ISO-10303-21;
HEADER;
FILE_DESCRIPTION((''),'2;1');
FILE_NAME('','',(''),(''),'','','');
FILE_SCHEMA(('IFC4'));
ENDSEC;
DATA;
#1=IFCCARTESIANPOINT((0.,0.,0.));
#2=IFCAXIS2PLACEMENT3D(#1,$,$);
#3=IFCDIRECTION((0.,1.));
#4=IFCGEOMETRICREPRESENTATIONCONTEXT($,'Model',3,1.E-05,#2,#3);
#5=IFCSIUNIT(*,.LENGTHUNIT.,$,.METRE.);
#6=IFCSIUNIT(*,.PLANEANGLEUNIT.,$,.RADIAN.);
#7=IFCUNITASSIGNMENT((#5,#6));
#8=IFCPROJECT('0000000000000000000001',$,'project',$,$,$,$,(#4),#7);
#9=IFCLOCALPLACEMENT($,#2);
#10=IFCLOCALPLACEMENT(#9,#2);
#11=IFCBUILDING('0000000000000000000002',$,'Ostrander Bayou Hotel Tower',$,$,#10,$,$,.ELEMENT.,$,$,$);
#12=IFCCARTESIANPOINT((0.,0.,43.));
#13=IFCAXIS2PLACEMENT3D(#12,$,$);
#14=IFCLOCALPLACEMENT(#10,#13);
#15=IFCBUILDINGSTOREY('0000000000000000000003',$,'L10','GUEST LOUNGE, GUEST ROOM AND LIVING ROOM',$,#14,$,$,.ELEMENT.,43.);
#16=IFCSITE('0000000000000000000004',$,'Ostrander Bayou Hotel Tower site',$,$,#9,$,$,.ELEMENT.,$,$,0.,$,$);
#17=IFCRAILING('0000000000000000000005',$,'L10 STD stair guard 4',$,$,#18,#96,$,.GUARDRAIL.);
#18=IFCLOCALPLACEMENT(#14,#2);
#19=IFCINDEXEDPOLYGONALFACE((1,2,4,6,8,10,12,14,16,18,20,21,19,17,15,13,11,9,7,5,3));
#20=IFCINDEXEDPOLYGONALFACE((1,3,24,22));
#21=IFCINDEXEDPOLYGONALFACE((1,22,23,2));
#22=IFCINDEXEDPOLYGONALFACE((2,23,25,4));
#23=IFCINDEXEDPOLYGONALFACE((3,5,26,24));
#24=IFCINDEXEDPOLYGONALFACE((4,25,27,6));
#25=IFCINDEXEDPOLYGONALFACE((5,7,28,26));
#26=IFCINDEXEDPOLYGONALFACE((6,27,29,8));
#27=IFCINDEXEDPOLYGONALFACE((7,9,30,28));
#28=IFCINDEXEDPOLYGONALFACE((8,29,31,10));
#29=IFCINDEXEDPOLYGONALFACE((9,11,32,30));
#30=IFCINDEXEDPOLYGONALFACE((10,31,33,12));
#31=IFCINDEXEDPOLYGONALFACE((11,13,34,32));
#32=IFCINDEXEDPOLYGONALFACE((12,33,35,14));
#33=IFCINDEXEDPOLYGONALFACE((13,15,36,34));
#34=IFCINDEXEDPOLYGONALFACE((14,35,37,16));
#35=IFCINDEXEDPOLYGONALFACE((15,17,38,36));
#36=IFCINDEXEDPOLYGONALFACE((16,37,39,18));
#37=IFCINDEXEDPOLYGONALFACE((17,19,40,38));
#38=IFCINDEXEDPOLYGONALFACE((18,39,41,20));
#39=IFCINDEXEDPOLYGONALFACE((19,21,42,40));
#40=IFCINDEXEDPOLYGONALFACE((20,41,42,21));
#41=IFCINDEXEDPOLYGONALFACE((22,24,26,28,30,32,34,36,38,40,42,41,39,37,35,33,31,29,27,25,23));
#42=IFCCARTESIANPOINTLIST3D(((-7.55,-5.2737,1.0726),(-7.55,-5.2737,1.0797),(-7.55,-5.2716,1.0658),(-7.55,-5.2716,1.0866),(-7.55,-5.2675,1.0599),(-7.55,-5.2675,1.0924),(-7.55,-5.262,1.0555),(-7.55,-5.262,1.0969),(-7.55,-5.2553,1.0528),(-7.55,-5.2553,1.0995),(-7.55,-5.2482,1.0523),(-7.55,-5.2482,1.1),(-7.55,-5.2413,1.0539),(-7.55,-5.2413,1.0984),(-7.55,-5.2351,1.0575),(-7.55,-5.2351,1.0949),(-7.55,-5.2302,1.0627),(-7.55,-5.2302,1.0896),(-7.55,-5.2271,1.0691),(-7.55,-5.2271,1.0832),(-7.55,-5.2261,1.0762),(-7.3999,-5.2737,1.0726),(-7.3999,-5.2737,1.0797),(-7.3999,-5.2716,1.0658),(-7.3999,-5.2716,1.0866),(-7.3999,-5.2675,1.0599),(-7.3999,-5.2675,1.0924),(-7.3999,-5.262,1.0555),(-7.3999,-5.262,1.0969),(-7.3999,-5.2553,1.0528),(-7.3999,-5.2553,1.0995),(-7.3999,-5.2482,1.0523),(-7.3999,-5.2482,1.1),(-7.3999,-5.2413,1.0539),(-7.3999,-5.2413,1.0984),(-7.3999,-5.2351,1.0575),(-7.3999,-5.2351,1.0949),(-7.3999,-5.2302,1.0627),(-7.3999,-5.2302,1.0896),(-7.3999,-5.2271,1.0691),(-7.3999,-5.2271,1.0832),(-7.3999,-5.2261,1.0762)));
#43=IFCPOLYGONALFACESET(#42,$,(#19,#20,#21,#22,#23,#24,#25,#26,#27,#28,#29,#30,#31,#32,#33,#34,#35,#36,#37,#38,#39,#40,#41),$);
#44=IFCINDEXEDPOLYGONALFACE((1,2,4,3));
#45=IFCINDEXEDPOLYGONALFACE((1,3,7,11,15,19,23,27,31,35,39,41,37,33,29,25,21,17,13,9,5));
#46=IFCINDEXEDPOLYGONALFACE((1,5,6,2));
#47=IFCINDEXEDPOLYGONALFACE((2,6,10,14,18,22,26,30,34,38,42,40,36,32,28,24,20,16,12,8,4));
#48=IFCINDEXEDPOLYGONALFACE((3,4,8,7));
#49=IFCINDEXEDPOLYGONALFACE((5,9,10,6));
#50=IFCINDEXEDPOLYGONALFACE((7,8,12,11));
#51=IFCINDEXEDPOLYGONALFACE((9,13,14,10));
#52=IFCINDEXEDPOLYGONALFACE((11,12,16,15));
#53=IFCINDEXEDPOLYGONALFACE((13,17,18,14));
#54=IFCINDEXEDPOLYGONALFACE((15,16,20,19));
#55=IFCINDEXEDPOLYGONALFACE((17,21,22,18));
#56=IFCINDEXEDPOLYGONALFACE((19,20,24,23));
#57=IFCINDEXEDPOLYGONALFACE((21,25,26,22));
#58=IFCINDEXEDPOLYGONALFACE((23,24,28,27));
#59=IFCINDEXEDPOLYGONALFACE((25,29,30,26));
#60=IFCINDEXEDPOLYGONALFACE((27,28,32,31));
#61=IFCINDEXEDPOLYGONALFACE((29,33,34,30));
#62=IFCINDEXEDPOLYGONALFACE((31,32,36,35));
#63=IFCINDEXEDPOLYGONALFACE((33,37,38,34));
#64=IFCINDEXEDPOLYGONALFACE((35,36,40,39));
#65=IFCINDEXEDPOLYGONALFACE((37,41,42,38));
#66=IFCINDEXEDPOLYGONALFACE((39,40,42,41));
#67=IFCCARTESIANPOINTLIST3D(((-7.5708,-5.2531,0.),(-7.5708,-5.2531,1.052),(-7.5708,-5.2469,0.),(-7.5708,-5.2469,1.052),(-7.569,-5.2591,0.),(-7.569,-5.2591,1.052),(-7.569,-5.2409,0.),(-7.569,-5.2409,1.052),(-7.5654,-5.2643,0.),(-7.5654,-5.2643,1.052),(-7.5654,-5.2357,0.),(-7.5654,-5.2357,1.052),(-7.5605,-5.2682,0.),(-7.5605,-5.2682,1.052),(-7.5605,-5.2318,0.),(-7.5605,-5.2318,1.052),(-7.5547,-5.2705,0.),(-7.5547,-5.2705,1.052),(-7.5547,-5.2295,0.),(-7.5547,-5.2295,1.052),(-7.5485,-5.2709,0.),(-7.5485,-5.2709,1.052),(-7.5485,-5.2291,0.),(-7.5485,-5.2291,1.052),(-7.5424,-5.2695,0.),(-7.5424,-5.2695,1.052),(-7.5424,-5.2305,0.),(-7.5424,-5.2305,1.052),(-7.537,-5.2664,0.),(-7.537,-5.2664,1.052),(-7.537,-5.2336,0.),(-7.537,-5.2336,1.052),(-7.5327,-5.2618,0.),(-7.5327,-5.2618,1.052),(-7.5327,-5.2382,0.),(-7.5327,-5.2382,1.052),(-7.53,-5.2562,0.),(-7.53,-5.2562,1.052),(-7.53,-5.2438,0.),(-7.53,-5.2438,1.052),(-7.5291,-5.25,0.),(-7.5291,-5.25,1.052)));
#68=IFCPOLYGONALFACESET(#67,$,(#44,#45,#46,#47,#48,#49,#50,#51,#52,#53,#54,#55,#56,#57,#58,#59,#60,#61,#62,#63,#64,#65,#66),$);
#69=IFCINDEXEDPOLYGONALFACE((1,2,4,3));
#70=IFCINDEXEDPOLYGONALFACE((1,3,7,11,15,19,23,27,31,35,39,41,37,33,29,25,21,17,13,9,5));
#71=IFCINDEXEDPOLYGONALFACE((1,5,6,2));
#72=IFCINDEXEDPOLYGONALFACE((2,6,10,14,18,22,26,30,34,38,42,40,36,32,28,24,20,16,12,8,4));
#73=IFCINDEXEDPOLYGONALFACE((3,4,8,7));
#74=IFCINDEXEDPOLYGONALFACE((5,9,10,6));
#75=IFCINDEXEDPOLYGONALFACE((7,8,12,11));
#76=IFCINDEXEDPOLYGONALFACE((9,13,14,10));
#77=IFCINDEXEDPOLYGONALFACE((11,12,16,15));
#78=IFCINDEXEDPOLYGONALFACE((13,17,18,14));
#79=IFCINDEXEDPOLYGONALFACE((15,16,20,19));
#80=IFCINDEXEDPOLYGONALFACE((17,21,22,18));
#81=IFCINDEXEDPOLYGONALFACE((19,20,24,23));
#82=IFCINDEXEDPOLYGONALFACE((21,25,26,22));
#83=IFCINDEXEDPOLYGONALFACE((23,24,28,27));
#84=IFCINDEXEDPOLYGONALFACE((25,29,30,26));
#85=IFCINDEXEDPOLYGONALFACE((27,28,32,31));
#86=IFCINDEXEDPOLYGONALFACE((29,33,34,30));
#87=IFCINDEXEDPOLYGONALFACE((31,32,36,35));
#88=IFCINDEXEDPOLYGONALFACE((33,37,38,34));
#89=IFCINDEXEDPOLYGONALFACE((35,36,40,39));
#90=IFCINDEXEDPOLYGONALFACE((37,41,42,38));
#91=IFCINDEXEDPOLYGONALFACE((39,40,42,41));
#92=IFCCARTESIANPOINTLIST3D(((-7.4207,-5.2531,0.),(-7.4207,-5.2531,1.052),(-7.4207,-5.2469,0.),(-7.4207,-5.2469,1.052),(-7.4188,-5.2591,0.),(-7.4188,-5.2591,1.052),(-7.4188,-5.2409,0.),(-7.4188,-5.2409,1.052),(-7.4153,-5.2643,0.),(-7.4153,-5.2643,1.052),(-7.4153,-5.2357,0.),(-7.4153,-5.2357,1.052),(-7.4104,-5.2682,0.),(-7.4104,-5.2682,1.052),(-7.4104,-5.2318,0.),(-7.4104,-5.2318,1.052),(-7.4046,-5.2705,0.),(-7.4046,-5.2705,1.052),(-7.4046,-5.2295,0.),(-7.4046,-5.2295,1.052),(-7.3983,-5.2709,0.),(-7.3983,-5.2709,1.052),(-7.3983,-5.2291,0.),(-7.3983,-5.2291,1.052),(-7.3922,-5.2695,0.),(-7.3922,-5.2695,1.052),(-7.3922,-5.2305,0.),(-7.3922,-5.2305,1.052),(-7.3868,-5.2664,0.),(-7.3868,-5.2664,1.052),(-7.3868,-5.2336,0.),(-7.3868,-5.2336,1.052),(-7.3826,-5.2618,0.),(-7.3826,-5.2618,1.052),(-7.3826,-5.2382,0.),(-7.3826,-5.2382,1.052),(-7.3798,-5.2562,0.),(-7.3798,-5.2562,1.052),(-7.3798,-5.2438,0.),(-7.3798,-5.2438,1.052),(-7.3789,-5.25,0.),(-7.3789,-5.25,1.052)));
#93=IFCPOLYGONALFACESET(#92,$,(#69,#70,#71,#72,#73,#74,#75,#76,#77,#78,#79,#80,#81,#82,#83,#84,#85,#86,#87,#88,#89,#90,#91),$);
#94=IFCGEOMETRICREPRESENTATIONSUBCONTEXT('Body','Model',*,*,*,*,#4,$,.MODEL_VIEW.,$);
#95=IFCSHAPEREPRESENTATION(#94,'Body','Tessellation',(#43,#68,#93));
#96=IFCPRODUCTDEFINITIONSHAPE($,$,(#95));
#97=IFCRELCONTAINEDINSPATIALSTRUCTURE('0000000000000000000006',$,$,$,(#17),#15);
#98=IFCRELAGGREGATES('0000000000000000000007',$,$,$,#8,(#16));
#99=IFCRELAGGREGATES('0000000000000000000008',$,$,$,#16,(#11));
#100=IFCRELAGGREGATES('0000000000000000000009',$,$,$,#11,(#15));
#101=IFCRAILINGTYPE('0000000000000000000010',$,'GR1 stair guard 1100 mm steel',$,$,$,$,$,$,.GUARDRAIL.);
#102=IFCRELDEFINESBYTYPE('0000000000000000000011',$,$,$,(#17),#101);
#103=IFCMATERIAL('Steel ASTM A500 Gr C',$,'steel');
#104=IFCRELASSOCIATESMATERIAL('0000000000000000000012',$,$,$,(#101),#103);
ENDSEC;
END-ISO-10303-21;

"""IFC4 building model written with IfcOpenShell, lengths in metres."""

from ifc_helpers import new_model, si_unit, direction, frame, origin, origin_2d, place, context, subcontext, project, spatial, circle, extrude, material, type_object, element, save


model = new_model("IFC4")

# Units and contexts
model_context = context("Model", 3, precision=1e-05, world=origin(), true_north=direction((0.0, 1.0)))
body_context = subcontext(model_context, "Body", "Model", "MODEL_VIEW")
ifc_project = project(units=[si_unit("LENGTHUNIT", "METRE"), si_unit("PLANEANGLEUNIT", "RADIAN")], contexts=[model_context])

# Site, building, storey
site_placement = place(None, origin())
site = spatial("IfcSite", under=ifc_project, at=site_placement, Name="Ostrander Bayou Hotel Tower site", CompositionType="ELEMENT", RefElevation=0.0)
building_placement = place(site_placement, origin())
building = spatial("IfcBuilding", under=site, at=building_placement, Name="Ostrander Bayou Hotel Tower", CompositionType="ELEMENT")
storey_placement = place(building_placement, frame((0.0, 0.0, 43.0)))
storey = spatial("IfcBuildingStorey", under=building, at=storey_placement, Name="L10", Description="GUEST LOUNGE, GUEST ROOM AND LIVING ROOM", CompositionType="ELEMENT", Elevation=43.0)

# Railing
ifc_material_1 = material(Name="Steel ASTM A500 Gr C", Category="steel")
railing_type_1 = type_object("IfcRailingType", Name="GR1 stair guard 1100 mm steel", PredefinedType="GUARDRAIL", material=ifc_material_1)
railing_1_placement = place(storey_placement, frame((-7.55, -5.25, 0.0)))
element("IfcRailing", 1, at=railing_1_placement, inside=storey, type_object=railing_type_1, Name="L10 STD stair guard 4", PredefinedType="GUARDRAIL", context=body_context, shape_type="SweptSolid", body=[
    extrude(circle(Radius=0.0239, at=origin_2d()), frame((0.0, 0.0, 1.0762), z_axis=(1.0, 0.0, 0.0), x_axis=(0.0, 1.0, 0.0)), (0.0, 0.0, 1.0), 0.1501),
    extrude(circle(Radius=0.021, at=origin_2d()), origin(), (0.0, 0.0, 1.0), 1.052),
    extrude(circle(Radius=0.021, at=origin_2d()), frame((0.1501, 0.0, 0.0)), (0.0, 0.0, 1.0), 1.052),
])

save(model, "model.ifc")
